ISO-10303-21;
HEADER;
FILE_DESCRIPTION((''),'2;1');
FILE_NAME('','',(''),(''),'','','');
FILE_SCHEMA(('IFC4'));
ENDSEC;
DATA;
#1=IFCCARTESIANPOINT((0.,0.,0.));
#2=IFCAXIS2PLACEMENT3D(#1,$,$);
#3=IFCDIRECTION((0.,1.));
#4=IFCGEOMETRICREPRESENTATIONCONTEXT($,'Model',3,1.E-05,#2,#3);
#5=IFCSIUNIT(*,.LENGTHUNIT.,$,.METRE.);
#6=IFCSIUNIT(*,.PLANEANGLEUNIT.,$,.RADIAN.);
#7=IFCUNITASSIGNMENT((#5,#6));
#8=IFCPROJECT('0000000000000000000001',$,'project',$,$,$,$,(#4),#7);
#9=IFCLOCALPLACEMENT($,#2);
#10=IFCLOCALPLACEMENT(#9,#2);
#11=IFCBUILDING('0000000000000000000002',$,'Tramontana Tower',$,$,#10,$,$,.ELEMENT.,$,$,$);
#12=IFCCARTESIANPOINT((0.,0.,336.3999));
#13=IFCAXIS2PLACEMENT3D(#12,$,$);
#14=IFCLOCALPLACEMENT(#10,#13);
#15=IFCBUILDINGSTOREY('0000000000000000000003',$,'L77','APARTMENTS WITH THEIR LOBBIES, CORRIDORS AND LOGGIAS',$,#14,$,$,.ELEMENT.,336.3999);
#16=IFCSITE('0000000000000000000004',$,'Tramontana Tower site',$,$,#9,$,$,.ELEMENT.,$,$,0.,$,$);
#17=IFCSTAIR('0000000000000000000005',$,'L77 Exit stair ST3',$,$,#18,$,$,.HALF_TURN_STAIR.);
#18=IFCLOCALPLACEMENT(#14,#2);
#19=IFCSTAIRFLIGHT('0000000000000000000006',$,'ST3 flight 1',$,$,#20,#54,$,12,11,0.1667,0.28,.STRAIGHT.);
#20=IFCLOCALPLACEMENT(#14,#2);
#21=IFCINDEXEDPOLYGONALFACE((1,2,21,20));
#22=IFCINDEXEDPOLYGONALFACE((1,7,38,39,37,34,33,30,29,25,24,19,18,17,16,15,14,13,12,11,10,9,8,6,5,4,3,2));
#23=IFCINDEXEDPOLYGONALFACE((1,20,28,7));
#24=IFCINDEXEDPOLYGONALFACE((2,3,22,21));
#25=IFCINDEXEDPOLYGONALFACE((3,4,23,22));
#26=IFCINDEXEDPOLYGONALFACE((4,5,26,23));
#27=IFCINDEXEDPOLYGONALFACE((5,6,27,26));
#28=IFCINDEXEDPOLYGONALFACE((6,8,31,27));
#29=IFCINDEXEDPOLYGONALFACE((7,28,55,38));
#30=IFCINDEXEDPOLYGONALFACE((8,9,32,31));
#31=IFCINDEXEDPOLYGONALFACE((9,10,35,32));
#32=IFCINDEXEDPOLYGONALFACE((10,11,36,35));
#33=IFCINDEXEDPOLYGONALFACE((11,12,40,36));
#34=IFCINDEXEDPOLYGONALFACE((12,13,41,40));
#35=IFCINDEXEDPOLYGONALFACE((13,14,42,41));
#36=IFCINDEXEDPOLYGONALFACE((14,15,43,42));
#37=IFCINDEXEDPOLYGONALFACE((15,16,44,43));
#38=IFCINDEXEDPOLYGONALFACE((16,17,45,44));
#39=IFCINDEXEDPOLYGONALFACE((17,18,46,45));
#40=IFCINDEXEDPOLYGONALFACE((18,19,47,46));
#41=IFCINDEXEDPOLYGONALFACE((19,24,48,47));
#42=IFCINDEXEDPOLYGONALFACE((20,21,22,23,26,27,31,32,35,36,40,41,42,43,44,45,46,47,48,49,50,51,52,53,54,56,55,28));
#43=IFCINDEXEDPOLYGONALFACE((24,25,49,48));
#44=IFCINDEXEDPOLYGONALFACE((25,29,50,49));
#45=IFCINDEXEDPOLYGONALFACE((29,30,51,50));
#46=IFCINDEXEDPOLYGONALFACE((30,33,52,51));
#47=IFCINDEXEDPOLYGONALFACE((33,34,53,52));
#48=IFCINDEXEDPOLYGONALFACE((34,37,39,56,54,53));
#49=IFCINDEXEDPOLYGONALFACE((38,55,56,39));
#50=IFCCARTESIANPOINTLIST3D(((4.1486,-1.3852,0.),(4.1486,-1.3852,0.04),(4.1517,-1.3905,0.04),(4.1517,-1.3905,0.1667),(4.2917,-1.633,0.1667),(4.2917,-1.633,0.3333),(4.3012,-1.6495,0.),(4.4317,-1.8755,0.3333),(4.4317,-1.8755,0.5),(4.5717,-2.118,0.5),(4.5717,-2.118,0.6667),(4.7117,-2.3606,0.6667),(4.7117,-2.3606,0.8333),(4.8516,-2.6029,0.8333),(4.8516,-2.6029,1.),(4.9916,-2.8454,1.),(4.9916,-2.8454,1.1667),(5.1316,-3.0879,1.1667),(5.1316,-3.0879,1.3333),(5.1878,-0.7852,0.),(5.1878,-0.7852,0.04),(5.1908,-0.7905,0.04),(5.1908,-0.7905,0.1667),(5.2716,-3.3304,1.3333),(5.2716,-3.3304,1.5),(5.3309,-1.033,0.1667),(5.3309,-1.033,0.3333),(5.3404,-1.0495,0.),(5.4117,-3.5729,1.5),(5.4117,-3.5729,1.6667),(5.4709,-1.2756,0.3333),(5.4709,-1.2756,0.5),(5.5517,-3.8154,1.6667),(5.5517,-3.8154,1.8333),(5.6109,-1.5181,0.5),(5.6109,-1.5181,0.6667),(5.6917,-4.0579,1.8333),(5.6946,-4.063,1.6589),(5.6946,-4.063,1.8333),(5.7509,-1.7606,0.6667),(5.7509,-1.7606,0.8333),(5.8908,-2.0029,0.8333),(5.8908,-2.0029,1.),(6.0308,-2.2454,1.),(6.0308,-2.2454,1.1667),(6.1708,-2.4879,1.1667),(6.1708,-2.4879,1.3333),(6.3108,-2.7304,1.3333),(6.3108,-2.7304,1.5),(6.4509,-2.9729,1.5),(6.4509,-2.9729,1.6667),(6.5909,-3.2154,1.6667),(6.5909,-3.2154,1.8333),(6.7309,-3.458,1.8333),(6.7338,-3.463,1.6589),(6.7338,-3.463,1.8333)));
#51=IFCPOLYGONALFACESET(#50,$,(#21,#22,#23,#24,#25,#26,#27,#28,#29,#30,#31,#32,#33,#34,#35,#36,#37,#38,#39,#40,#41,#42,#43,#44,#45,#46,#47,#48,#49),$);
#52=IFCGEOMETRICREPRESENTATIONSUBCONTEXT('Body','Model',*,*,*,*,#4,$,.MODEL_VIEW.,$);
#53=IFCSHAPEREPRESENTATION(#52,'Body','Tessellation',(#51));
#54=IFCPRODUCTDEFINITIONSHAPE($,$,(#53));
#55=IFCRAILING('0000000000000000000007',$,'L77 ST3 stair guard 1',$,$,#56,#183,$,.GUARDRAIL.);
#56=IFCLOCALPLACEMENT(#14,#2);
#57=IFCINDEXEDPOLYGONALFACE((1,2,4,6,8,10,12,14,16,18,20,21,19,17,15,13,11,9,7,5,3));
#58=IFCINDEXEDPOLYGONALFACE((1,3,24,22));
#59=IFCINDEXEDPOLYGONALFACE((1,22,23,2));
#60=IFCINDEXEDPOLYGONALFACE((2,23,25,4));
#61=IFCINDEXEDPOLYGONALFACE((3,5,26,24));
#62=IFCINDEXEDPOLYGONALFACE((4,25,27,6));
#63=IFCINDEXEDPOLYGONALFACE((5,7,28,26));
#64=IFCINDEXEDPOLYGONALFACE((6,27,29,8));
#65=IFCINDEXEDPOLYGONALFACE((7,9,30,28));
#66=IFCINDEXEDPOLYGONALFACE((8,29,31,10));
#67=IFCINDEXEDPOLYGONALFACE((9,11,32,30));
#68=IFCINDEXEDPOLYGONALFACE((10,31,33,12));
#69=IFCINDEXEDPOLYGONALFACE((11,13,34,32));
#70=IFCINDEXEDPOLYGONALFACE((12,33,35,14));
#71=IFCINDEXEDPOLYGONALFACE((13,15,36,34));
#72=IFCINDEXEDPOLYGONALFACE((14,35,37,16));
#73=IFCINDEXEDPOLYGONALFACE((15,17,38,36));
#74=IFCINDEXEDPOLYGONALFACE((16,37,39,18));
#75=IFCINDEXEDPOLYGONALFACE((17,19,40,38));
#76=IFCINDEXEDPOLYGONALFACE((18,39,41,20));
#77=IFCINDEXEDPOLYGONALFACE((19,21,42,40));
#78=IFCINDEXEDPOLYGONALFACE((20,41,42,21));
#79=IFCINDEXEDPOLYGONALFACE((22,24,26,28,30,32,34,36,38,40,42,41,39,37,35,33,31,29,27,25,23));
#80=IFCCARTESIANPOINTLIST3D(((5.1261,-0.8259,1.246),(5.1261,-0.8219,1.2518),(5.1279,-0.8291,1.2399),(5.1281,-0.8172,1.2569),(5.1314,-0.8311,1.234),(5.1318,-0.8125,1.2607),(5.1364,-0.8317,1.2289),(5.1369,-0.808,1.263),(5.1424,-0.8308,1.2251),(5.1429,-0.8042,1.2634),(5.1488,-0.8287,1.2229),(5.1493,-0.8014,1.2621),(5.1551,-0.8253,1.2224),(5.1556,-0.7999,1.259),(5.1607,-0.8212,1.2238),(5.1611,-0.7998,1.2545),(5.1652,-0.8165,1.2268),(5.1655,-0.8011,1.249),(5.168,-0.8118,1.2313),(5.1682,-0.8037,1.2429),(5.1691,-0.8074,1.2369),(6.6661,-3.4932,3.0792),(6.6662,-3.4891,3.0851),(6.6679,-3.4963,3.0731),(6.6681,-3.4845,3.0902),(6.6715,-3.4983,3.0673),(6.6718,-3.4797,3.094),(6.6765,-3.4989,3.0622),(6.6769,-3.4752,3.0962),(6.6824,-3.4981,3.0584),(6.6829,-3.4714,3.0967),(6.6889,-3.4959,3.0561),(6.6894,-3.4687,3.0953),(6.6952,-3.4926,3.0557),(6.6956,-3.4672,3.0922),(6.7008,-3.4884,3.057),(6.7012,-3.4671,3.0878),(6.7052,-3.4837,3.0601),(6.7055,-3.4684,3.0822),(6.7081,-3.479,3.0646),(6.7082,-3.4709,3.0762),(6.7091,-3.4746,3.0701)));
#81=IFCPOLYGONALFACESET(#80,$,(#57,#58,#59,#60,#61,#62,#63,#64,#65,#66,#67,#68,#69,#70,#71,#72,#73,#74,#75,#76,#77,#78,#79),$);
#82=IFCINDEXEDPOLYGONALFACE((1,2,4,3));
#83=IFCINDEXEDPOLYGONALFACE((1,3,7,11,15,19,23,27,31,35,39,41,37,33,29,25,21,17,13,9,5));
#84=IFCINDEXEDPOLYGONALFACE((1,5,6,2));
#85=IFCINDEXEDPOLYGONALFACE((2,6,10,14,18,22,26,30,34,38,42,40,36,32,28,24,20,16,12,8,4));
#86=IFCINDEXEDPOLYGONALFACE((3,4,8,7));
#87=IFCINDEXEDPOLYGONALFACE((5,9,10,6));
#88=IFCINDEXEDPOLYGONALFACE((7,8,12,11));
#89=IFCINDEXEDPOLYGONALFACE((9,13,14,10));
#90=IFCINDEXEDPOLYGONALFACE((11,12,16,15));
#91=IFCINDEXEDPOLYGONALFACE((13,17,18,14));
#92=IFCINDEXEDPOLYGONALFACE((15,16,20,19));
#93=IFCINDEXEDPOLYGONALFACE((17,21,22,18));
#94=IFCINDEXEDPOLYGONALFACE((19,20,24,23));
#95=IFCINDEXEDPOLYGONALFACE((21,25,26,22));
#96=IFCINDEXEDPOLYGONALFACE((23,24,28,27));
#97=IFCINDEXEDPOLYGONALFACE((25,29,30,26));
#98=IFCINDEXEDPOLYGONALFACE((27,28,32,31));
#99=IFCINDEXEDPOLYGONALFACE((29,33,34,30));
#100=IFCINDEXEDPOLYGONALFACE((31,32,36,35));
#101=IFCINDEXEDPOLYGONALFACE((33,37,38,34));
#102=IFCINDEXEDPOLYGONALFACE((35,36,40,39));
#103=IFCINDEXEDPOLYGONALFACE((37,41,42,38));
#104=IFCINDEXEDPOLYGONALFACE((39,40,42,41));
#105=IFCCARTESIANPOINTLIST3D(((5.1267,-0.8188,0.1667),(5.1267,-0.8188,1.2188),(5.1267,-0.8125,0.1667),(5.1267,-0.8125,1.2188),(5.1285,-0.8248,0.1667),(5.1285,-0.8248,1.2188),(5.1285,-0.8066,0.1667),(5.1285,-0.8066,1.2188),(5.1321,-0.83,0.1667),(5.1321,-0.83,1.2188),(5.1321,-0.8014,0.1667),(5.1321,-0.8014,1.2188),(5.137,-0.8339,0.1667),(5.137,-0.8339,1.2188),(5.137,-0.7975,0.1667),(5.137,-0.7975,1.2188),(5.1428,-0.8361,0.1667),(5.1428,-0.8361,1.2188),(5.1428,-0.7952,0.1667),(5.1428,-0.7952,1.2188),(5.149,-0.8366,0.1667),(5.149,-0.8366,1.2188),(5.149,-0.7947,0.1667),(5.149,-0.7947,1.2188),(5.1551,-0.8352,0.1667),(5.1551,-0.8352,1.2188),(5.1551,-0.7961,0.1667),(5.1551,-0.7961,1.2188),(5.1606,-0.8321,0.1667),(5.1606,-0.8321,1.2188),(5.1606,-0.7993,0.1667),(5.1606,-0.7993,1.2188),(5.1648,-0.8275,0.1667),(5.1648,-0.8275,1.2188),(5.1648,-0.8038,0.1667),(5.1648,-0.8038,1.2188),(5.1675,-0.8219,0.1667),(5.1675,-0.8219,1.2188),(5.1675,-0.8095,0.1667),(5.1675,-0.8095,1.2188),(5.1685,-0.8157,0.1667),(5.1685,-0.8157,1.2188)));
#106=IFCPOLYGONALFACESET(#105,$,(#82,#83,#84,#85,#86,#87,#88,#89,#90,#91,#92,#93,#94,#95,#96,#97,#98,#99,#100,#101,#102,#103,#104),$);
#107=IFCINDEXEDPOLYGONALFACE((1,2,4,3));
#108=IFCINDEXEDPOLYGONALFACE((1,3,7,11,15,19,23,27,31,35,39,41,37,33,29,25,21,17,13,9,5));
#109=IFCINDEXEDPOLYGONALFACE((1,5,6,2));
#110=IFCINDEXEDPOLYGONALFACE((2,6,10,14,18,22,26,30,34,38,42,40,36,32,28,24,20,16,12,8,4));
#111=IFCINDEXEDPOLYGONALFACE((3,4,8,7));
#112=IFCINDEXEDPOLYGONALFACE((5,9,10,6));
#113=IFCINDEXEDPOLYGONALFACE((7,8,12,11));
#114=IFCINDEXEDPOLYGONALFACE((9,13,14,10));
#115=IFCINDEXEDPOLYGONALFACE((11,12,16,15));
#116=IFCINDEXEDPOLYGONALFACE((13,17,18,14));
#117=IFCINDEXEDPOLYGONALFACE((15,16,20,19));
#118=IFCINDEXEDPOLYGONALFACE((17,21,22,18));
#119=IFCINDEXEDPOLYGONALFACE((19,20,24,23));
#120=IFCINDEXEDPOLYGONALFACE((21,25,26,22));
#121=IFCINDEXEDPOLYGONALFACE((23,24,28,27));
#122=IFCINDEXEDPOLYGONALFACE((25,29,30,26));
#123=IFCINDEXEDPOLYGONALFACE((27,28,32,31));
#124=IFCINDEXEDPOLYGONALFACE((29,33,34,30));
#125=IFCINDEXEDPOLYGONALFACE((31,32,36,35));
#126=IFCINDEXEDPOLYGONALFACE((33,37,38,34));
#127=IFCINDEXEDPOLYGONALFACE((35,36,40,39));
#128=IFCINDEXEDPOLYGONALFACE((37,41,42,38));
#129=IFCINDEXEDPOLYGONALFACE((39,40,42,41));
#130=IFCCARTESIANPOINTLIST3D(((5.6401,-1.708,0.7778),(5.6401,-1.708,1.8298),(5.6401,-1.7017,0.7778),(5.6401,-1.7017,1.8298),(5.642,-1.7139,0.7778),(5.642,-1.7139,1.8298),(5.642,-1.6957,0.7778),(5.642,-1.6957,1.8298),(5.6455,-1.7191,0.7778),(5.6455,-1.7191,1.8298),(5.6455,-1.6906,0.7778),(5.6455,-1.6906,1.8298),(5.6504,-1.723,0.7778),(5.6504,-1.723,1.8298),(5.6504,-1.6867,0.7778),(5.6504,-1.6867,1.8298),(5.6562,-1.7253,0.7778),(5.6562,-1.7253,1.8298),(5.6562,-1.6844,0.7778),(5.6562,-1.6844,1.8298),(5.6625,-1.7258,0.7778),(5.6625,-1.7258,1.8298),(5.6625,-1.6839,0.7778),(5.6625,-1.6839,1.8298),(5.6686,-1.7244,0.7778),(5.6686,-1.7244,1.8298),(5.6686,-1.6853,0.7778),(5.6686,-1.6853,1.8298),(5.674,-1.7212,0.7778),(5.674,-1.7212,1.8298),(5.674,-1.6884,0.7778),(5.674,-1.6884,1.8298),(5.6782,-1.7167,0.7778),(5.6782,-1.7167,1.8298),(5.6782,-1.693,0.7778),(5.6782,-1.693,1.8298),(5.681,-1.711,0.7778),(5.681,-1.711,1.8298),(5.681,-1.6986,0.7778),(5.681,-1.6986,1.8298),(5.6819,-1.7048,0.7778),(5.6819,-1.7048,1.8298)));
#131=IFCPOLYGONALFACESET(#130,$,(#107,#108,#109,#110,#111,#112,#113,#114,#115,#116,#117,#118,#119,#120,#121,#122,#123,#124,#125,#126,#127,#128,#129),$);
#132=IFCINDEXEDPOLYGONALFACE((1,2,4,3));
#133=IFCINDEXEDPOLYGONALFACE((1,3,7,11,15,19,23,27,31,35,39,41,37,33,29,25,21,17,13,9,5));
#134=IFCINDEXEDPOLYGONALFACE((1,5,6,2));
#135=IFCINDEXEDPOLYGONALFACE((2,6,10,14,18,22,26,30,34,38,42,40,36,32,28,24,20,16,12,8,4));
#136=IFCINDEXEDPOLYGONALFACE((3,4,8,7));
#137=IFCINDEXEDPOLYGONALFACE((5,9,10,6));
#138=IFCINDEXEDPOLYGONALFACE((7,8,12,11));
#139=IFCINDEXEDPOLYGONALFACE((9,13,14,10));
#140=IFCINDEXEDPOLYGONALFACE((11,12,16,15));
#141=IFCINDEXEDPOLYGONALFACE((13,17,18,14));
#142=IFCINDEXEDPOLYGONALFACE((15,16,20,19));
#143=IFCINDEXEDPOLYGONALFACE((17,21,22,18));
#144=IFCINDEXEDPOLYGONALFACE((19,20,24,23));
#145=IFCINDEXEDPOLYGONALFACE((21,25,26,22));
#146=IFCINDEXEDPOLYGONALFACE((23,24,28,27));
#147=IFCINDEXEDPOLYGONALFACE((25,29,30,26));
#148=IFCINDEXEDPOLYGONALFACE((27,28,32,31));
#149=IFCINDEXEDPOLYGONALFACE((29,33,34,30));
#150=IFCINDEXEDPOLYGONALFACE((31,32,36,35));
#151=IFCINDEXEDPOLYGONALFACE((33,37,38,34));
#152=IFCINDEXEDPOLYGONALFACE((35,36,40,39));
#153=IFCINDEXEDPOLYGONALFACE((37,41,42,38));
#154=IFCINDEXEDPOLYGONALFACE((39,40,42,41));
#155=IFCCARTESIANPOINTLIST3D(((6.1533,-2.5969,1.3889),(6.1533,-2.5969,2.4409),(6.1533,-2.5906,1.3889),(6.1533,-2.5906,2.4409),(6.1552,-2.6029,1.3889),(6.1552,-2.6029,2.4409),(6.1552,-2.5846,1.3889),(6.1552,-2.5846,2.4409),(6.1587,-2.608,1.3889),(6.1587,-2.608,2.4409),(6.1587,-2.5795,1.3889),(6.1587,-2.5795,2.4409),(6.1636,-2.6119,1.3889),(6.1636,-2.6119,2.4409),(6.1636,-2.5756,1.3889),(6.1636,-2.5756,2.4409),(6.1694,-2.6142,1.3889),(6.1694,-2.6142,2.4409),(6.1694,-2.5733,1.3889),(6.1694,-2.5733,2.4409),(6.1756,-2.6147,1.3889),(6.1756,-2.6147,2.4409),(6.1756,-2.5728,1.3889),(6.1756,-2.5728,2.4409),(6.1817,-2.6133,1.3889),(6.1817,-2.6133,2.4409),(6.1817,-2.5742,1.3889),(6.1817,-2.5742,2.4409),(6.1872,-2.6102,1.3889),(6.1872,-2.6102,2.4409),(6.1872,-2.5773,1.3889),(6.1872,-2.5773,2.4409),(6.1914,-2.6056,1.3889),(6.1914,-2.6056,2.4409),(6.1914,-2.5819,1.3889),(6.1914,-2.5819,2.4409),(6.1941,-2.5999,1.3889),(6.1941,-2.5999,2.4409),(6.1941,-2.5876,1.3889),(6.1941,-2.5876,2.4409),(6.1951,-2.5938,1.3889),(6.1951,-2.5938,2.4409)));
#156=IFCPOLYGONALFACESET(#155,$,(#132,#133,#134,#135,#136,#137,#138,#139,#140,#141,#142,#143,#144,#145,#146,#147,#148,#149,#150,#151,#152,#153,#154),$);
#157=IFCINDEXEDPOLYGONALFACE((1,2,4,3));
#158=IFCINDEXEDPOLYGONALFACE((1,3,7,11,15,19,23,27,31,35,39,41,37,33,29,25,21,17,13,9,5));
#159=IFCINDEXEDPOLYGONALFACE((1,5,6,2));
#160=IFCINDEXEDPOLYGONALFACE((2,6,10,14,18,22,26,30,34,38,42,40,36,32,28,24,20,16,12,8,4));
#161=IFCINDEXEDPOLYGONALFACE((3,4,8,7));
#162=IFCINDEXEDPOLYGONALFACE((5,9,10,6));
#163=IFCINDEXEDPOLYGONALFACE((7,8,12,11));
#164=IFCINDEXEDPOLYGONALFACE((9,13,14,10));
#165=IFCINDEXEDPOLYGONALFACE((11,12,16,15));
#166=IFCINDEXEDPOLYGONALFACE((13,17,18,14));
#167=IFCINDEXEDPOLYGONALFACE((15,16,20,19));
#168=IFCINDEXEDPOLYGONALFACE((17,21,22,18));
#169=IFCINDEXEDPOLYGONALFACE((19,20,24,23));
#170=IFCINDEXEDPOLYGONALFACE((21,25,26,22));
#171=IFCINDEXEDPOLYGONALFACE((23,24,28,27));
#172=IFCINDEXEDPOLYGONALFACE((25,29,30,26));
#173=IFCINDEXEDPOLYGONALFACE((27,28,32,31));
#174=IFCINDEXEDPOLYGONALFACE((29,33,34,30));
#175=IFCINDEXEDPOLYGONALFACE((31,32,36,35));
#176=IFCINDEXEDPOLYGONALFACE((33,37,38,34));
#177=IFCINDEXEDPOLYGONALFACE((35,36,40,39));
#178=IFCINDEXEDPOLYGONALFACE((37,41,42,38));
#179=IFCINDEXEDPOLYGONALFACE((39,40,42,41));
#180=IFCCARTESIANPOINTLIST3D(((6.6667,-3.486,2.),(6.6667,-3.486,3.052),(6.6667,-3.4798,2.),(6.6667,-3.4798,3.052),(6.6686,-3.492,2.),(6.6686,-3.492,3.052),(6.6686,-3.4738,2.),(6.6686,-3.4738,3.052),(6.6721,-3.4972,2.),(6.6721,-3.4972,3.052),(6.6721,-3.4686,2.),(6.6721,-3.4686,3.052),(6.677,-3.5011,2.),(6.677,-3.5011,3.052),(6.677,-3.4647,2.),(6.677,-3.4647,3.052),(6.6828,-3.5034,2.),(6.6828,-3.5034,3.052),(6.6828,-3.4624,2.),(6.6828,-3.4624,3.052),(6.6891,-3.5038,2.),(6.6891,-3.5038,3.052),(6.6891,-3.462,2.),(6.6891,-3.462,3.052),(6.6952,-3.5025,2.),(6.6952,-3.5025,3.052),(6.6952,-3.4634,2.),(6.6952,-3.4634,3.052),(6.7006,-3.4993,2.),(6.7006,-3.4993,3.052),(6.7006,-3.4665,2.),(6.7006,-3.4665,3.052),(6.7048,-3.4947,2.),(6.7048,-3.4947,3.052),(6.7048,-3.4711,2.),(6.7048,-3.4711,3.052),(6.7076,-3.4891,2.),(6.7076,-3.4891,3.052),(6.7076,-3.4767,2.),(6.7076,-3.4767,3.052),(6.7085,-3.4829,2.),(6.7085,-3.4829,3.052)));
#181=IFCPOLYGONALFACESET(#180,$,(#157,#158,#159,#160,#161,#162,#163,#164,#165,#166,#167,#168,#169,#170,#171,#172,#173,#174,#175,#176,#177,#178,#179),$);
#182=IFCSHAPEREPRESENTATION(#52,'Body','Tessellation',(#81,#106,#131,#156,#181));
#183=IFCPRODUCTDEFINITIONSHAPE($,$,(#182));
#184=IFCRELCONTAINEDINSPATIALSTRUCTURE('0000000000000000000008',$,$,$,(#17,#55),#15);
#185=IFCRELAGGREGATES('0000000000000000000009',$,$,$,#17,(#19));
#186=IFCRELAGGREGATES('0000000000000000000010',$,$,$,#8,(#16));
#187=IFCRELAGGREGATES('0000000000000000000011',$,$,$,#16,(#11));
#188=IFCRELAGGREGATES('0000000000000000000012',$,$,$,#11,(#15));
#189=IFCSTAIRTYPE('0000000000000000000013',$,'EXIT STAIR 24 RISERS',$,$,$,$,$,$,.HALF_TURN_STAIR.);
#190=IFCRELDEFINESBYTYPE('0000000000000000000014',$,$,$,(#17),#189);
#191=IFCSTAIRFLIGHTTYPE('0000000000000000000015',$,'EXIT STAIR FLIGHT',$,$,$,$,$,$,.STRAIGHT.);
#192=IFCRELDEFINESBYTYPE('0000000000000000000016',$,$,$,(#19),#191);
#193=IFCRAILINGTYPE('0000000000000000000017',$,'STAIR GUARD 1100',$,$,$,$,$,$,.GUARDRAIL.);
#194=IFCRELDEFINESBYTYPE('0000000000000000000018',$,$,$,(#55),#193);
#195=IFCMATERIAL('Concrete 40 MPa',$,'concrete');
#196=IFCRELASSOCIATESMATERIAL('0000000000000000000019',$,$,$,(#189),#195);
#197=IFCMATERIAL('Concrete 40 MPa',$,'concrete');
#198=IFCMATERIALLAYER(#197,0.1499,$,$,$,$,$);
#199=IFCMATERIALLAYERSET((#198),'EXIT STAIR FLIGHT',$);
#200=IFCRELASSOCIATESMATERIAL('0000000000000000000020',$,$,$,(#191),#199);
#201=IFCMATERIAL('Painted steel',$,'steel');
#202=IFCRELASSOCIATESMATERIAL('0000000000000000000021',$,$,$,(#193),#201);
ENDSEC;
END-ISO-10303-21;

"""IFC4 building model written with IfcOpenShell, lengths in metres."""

from ifc_helpers import new_model, si_unit, direction, frame, origin, origin_2d, place, context, subcontext, project, spatial, polyline, circle, outline, extrude, material, layer, layer_set, type_object, element, aggregate, save


model = new_model("IFC4")

# Units and contexts
model_context = context("Model", 3, precision=1e-05, world=origin(), true_north=direction((0.0, 1.0)))
body_context = subcontext(model_context, "Body", "Model", "MODEL_VIEW")
ifc_project = project(units=[si_unit("LENGTHUNIT", "METRE"), si_unit("PLANEANGLEUNIT", "RADIAN")], contexts=[model_context])

# Site, building, storey
site_placement = place(None, origin())
site = spatial("IfcSite", under=ifc_project, at=site_placement, Name="Tramontana Tower site", CompositionType="ELEMENT", RefElevation=0.0)
building_placement = place(site_placement, origin())
building = spatial("IfcBuilding", under=site, at=building_placement, Name="Tramontana Tower", CompositionType="ELEMENT")
storey_placement = place(building_placement, frame((0.0, 0.0, 336.3999)))
storey = spatial("IfcBuildingStorey", under=building, at=storey_placement, Name="L77", Description="APARTMENTS WITH THEIR LOBBIES, CORRIDORS AND LOGGIAS", CompositionType="ELEMENT", Elevation=336.3999)

# Stair, stair flight
ifc_material_1 = material(Name="Concrete 40 MPa", Category="concrete")
stair_type = type_object("IfcStairType", Name="EXIT STAIR 24 RISERS", PredefinedType="HALF_TURN_STAIR", material=ifc_material_1)
stair_placement = place(storey_placement, origin())
stair = element("IfcStair", 1, at=stair_placement, inside=storey, type_object=stair_type, Name="L77 Exit stair ST3", PredefinedType="HALF_TURN_STAIR")
ifc_material_2 = material(Name="Concrete 40 MPa", Category="concrete")
ifc_layer_1 = layer(ifc_material_2, 0.1499)
ifc_layer_set_1 = layer_set([ifc_layer_1], Name="EXIT STAIR FLIGHT")
stair_flight_type = type_object("IfcStairFlightType", Name="EXIT STAIR FLIGHT", PredefinedType="STRAIGHT", material=ifc_layer_set_1)
stair_flight_placement = place(storey_placement, frame((4.6711, -1.0906, 0.0), z_axis=(0.0, 0.0, 1.0), x_axis=(0.5, -0.866025, 0.0)))
stair_flight = element("IfcStairFlight", 2, at=stair_flight_placement, type_object=stair_flight_type, Name="ST3 flight 1", NumberOfRisers=12, NumberOfTreads=11, PredefinedType="STRAIGHT", RiserHeight=0.1667, TreadLength=0.28, context=body_context, shape_type="SweptSolid", body=[
    extrude(outline(polyline([(-0.0061, 0.0), (-0.0061, 0.04), (0.0, 0.04), (0.0, 0.1667), (0.28, 0.1667), (0.28, 0.3333), (0.5601, 0.3333), (0.5601, 0.5), (0.8401, 0.5), (0.8401, 0.6667), (1.1201, 0.6667), (1.1201, 0.8333), (1.3999, 0.8333), (1.3999, 1.0), (1.6799, 1.0), (1.6799, 1.1667), (1.96, 1.1667), (1.96, 1.3333), (2.24, 1.3333), (2.24, 1.5), (2.52, 1.5), (2.52, 1.6667), (2.8, 1.6667), (2.8, 1.8333), (3.0801, 1.8333), (3.0859, 1.8333), (3.0859, 1.6589), (0.2991, 0.0), (-0.0061, 0.0)])), frame((0.0, 0.6001, 0.0), z_axis=(0.0, -1.0, 0.0), x_axis=(1.0, 0.0, 0.0)), (0.0, 0.0, 1.0), 1.2),
])
aggregate(stair, [stair_flight])

# Railing
ifc_material_3 = material(Name="Painted steel", Category="steel")
railing_type_1 = type_object("IfcRailingType", Name="STAIR GUARD 1100", PredefinedType="GUARDRAIL", material=ifc_material_3)
railing_1_placement = place(storey_placement, frame((5.1475, -0.8157, 0.1667)))
element("IfcRailing", 3, at=railing_1_placement, inside=storey, type_object=railing_type_1, Name="L77 ST3 stair guard 1", PredefinedType="GUARDRAIL", context=body_context, shape_type="SweptSolid", body=[
    extrude(circle(Radius=0.0239, at=origin_2d()), frame((0.0, 0.0, 1.0762), z_axis=(0.429671, -0.744159, 0.511478), x_axis=(0.86601, 0.500027, 0.0)), (0.0, 0.0, 1.0), 3.5842),
    extrude(circle(Radius=0.021, at=origin_2d()), origin(), (0.0, 0.0, 1.0), 1.052),
    extrude(circle(Radius=0.021, at=origin_2d()), frame((0.5134, -0.8892, 0.6111)), (0.0, 0.0, 1.0), 1.052),
    extrude(circle(Radius=0.021, at=origin_2d()), frame((1.0266, -1.7781, 1.2222)), (0.0, 0.0, 1.0), 1.052),
    extrude(circle(Radius=0.021, at=origin_2d()), frame((1.54, -2.6672, 1.8333)), (0.0, 0.0, 1.0), 1.052),
])

save(model, "model.ifc")
